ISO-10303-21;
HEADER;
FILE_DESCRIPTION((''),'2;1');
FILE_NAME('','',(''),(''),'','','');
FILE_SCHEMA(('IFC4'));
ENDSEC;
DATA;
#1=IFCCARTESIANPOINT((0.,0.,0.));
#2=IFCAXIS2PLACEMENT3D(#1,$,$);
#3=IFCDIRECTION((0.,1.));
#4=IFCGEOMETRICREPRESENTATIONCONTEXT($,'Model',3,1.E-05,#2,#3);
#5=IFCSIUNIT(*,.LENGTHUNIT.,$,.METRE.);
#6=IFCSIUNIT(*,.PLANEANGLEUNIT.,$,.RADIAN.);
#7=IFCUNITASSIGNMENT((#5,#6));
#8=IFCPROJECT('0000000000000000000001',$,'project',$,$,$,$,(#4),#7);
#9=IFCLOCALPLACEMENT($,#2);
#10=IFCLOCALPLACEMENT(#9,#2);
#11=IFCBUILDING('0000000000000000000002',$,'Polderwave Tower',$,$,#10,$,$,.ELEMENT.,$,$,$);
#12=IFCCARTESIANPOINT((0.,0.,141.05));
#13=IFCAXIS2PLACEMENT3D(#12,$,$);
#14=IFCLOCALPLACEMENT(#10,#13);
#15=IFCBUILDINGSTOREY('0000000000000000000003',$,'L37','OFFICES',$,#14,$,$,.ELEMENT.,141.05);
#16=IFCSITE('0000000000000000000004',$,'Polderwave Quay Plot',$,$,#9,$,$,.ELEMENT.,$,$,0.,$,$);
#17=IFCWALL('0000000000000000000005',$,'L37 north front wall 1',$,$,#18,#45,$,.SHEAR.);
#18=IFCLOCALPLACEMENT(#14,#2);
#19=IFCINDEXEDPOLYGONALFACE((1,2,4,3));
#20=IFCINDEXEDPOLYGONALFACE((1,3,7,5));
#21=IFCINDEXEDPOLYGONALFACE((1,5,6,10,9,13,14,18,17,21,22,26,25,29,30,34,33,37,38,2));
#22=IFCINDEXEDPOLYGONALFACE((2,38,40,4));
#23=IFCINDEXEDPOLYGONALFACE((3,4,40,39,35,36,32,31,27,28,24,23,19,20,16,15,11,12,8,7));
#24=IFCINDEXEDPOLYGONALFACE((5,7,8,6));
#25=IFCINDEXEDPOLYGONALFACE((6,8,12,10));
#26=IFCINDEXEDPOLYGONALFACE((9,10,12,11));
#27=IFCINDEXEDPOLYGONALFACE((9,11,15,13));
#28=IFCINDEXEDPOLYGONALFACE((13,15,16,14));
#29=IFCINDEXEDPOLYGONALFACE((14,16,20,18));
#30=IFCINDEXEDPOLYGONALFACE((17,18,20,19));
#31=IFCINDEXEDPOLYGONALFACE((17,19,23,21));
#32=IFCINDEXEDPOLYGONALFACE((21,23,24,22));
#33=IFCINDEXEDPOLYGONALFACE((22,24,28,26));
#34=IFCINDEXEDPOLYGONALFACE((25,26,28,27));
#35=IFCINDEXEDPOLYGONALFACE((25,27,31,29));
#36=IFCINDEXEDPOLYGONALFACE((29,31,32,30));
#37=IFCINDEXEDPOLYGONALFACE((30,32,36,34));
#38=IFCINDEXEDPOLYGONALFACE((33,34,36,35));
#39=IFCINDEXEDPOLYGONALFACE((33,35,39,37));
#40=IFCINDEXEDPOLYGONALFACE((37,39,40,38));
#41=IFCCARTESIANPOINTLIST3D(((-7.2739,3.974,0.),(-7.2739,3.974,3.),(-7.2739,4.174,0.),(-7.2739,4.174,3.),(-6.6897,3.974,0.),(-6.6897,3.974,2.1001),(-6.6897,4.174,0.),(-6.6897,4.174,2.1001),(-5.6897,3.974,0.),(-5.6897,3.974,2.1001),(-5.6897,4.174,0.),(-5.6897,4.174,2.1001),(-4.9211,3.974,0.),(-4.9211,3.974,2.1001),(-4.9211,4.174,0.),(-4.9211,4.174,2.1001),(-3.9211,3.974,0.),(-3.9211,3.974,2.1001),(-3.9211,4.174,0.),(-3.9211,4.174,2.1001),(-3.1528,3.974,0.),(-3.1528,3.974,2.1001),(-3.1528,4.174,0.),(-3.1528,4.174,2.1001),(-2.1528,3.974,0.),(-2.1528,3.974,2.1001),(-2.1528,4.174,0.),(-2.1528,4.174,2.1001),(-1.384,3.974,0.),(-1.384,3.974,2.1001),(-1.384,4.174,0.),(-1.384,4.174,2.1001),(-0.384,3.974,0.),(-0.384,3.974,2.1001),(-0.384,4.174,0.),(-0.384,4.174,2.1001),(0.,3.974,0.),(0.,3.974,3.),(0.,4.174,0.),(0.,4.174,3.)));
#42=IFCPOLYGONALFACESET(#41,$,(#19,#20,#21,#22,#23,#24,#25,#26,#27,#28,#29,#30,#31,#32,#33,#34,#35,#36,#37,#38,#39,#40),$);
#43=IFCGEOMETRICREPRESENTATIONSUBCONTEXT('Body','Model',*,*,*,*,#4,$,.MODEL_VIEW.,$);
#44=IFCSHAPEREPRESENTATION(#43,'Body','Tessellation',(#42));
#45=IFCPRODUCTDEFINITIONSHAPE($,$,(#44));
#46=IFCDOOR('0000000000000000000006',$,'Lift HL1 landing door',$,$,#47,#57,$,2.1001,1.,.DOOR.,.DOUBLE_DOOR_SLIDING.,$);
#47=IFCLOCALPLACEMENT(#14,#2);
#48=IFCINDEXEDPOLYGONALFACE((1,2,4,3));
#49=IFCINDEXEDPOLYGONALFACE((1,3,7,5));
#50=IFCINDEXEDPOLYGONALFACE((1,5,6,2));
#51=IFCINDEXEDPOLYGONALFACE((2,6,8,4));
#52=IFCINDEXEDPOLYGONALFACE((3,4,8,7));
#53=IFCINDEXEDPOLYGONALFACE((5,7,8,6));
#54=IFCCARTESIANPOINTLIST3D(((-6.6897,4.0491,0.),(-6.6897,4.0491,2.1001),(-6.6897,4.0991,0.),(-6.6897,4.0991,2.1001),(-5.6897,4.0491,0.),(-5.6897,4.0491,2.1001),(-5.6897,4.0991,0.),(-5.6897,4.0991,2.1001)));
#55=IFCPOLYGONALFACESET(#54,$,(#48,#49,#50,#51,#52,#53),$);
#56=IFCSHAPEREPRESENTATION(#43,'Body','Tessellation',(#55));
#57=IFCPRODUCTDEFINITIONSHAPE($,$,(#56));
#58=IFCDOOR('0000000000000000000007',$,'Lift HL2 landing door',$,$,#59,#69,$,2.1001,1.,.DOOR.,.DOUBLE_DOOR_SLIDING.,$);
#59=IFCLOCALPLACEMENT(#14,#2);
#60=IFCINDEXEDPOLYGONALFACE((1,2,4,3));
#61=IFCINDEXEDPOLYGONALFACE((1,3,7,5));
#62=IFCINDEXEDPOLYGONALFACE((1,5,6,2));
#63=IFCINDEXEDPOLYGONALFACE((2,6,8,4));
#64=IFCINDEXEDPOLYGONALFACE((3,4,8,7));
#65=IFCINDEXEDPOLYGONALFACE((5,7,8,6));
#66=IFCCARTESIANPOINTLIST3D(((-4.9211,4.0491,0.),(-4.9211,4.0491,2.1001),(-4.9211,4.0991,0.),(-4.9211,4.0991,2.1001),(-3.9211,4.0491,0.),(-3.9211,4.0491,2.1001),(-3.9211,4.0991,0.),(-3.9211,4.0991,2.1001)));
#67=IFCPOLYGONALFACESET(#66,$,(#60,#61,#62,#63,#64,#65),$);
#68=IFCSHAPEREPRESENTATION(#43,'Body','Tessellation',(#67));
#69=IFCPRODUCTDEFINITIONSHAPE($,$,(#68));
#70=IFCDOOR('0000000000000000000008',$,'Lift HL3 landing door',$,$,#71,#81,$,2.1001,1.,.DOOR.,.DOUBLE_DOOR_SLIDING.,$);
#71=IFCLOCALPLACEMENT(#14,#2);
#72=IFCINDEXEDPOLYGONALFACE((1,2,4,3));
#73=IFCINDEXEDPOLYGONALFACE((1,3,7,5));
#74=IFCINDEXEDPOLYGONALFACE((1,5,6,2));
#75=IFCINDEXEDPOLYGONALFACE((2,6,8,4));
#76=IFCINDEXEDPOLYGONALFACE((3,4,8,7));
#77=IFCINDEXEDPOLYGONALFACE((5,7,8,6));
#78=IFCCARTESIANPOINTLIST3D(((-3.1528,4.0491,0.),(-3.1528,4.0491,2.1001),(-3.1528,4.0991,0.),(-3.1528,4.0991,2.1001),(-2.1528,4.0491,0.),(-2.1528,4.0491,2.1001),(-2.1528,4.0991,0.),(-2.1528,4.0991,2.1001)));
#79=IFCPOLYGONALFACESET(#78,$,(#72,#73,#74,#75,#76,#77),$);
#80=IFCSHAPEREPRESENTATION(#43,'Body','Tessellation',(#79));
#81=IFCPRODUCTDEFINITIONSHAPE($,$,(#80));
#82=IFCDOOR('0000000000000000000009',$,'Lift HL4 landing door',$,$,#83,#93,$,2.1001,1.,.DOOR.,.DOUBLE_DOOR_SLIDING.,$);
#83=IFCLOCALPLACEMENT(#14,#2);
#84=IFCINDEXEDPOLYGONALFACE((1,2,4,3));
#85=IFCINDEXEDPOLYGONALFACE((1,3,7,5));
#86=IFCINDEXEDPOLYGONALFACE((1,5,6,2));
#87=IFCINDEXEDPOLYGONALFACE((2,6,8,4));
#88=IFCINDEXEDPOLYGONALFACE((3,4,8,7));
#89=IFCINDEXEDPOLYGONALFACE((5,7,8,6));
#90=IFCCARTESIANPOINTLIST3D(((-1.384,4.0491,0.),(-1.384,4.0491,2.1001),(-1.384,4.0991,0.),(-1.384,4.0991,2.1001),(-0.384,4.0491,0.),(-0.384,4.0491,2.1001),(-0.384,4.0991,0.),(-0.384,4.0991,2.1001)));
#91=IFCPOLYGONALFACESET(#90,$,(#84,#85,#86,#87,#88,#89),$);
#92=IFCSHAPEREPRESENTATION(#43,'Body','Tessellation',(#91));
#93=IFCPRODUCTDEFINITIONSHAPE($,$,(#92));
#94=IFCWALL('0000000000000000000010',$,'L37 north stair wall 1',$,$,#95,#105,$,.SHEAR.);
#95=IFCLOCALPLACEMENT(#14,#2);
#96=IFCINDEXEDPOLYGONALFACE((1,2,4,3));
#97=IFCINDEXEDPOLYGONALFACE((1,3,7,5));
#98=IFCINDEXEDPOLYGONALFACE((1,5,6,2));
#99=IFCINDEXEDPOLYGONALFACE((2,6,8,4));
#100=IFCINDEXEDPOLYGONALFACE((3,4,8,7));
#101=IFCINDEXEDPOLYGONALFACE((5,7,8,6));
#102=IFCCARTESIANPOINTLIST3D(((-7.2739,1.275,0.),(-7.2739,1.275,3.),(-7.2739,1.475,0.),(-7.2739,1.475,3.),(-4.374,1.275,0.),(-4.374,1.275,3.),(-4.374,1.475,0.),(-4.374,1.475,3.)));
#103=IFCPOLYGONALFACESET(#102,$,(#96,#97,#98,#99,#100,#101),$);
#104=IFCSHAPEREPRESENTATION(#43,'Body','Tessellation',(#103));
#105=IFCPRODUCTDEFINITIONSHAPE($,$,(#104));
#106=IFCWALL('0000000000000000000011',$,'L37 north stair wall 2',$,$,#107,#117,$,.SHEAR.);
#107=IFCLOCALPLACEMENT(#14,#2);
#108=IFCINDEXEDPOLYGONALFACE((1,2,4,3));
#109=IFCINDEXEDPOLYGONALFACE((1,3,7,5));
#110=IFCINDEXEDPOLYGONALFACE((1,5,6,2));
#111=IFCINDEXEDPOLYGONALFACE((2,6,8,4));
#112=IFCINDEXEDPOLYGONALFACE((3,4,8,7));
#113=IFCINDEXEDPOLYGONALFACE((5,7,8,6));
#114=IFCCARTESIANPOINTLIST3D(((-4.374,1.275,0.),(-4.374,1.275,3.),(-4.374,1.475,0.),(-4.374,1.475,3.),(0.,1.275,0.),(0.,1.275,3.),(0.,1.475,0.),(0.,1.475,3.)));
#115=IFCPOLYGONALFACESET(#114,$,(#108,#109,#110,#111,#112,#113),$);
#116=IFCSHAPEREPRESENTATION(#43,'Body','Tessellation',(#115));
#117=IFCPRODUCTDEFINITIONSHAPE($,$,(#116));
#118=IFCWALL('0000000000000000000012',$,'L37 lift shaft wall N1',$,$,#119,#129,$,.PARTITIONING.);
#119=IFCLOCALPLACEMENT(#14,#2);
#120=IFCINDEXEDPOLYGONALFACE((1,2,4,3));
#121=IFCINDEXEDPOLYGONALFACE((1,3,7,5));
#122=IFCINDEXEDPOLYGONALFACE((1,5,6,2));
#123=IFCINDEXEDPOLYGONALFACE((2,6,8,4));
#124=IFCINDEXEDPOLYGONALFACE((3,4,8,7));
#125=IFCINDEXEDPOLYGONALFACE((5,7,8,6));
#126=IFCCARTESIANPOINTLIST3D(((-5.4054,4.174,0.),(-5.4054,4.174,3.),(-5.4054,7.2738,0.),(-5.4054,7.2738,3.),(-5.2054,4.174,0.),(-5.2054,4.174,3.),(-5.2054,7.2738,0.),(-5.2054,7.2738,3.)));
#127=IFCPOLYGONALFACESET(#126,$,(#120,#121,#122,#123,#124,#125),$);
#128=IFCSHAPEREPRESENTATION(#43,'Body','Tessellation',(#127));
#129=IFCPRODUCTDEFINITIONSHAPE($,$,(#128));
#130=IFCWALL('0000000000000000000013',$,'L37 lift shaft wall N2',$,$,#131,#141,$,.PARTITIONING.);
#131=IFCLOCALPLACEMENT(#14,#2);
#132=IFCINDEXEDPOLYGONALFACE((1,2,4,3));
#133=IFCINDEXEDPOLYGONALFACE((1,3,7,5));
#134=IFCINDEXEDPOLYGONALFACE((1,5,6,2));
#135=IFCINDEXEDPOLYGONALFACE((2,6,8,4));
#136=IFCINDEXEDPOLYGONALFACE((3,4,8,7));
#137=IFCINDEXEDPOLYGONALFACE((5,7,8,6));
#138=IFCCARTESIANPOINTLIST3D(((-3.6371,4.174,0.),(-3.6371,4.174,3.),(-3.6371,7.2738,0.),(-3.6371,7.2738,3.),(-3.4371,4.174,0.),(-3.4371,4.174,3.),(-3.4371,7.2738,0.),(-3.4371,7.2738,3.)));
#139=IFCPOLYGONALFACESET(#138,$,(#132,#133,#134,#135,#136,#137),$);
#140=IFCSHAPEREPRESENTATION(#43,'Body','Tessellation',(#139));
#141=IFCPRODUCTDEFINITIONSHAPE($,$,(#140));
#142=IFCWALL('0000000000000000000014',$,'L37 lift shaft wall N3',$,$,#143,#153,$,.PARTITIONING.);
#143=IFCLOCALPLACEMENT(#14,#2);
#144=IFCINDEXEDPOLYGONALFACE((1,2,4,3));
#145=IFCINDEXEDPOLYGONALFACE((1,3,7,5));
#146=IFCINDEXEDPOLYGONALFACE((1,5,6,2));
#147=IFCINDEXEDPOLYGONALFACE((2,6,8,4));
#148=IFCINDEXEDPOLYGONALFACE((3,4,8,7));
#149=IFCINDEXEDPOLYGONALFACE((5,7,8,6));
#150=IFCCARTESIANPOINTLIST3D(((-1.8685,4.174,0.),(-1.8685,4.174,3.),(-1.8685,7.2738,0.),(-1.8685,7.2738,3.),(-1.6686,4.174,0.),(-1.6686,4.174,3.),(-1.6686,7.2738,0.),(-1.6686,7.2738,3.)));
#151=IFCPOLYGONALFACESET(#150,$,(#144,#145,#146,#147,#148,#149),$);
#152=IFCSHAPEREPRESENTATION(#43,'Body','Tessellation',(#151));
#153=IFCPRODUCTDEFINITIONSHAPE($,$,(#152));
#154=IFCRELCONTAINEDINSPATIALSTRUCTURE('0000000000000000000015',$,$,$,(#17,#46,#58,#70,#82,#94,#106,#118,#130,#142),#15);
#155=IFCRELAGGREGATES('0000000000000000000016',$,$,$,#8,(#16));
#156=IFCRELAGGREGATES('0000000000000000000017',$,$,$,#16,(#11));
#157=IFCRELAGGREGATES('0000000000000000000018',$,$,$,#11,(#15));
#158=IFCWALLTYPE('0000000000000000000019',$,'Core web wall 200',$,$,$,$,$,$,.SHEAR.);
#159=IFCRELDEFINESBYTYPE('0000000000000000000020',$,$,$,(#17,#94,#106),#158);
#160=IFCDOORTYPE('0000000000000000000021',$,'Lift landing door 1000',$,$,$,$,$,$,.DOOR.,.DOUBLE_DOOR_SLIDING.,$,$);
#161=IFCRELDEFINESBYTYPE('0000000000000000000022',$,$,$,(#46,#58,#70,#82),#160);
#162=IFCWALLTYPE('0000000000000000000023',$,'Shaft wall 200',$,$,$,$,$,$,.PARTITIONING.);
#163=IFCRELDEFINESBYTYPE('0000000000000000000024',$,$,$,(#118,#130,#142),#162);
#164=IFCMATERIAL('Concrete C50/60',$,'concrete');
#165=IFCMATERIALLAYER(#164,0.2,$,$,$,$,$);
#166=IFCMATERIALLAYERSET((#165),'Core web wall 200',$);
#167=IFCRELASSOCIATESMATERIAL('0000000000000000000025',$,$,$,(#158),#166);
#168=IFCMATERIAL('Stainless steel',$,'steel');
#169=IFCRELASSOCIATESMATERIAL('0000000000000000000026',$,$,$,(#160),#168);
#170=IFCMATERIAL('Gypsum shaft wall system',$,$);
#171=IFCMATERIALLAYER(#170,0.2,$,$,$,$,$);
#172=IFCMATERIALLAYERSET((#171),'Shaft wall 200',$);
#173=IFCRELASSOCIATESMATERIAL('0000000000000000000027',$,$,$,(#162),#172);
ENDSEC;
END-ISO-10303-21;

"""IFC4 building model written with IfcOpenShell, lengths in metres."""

from ifc_helpers import new_model, si_unit, direction, frame, frame_2d, origin, place, context, subcontext, project, spatial, rectangle, extrude, material, layer, layer_set, type_object, element, fill, save


model = new_model("IFC4")

# Units and contexts
model_context = context("Model", 3, precision=1e-05, world=origin(), true_north=direction((0.0, 1.0)))
body_context = subcontext(model_context, "Body", "Model", "MODEL_VIEW")
ifc_project = project(units=[si_unit("LENGTHUNIT", "METRE"), si_unit("PLANEANGLEUNIT", "RADIAN")], contexts=[model_context])

# Site, building, storey
site_placement = place(None, origin())
site = spatial("IfcSite", under=ifc_project, at=site_placement, Name="Polderwave Quay Plot", CompositionType="ELEMENT", RefElevation=0.0)
building_placement = place(site_placement, origin())
building = spatial("IfcBuilding", under=site, at=building_placement, Name="Polderwave Tower", CompositionType="ELEMENT")
storey_placement = place(building_placement, frame((0.0, 0.0, 141.05)))
storey = spatial("IfcBuildingStorey", under=building, at=storey_placement, Name="L37", Description="OFFICES", CompositionType="ELEMENT", Elevation=141.05)

# Wall, openings, doors
ifc_material_1 = material(Name="Concrete C50/60", Category="concrete")
ifc_layer_1 = layer(ifc_material_1, 0.2)
ifc_layer_set_1 = layer_set([ifc_layer_1], Name="Core web wall 200")
wall_type_1 = type_object("IfcWallType", Name="Core web wall 200", PredefinedType="SHEAR", material=ifc_layer_set_1)
wall_1_placement = place(storey_placement, frame((-7.2739, 4.074, 0.0), z_axis=(0.0, 0.0, 1.0), x_axis=(1.0, 0.0, 0.0)))
wall_1 = element("IfcWall", 1, at=wall_1_placement, inside=storey, type_object=wall_type_1, Name="L37 north front wall 1", PredefinedType="SHEAR", context=body_context, shape_type="SweptSolid", body=[
    extrude(rectangle(XDim=7.2739, YDim=0.2, at=frame_2d((3.637, 0.0))), origin(), (0.0, 0.0, 1.0), 3.0),
])
opening_1_placement = place(wall_1_placement, frame((0.5842, 0.0, 0.0)))
opening_1 = element("IfcOpeningElement", 2, at=opening_1_placement, cuts=wall_1, PredefinedType="OPENING", context=body_context, shape_type="SweptSolid", body=[
    extrude(rectangle(XDim=1.0, YDim=2.1001, at=frame_2d((0.5, 1.05))), frame((0.0, 0.1099, 0.0), z_axis=(0.0, -1.0, 0.0), x_axis=(1.0, 0.0, 0.0)), (0.0, 0.0, 1.0), 0.22),
])
opening_2_placement = place(wall_1_placement, frame((2.3528, 0.0, 0.0)))
opening_2 = element("IfcOpeningElement", 3, at=opening_2_placement, cuts=wall_1, PredefinedType="OPENING", context=body_context, shape_type="SweptSolid", body=[
    extrude(rectangle(XDim=1.0, YDim=2.1001, at=frame_2d((0.5, 1.05))), frame((0.0, 0.1099, 0.0), z_axis=(0.0, -1.0, 0.0), x_axis=(1.0, 0.0, 0.0)), (0.0, 0.0, 1.0), 0.22),
])
opening_3_placement = place(wall_1_placement, frame((4.1211, 0.0, 0.0)))
opening_3 = element("IfcOpeningElement", 4, at=opening_3_placement, cuts=wall_1, PredefinedType="OPENING", context=body_context, shape_type="SweptSolid", body=[
    extrude(rectangle(XDim=1.0, YDim=2.1001, at=frame_2d((0.5, 1.05))), frame((0.0, 0.1099, 0.0), z_axis=(0.0, -1.0, 0.0), x_axis=(1.0, 0.0, 0.0)), (0.0, 0.0, 1.0), 0.22),
])
opening_4_placement = place(wall_1_placement, frame((5.8899, 0.0, 0.0)))
opening_4 = element("IfcOpeningElement", 5, at=opening_4_placement, cuts=wall_1, PredefinedType="OPENING", context=body_context, shape_type="SweptSolid", body=[
    extrude(rectangle(XDim=1.0, YDim=2.1001, at=frame_2d((0.5, 1.05))), frame((0.0, 0.1099, 0.0), z_axis=(0.0, -1.0, 0.0), x_axis=(1.0, 0.0, 0.0)), (0.0, 0.0, 1.0), 0.22),
])
ifc_material_2 = material(Name="Stainless steel", Category="steel")
door_type = type_object("IfcDoorType", Name="Lift landing door 1000", OperationType="DOUBLE_DOOR_SLIDING", PredefinedType="DOOR", material=ifc_material_2)
door_1_placement = place(opening_1_placement, frame((1.0, 0.0, 0.0), z_axis=(0.0, 0.0, 1.0), x_axis=(-1.0, 0.0, 0.0)))
door_1 = element("IfcDoor", 6, at=door_1_placement, inside=storey, type_object=door_type, Name="Lift HL1 landing door", OperationType="DOUBLE_DOOR_SLIDING", OverallHeight=2.1001, OverallWidth=1.0, PredefinedType="DOOR", context=body_context, shape_type="SweptSolid", body=[
    extrude(rectangle(XDim=1.0, YDim=2.1001, at=frame_2d((0.5, 1.05))), frame((0.0, 0.0249, 0.0), z_axis=(0.0, -1.0, 0.0), x_axis=(1.0, 0.0, 0.0)), (0.0, 0.0, 1.0), 0.05),
])
fill(opening_1, door_1)
door_2_placement = place(opening_2_placement, frame((1.0, 0.0, 0.0), z_axis=(0.0, 0.0, 1.0), x_axis=(-1.0, 0.0, 0.0)))
door_2 = element("IfcDoor", 7, at=door_2_placement, inside=storey, type_object=door_type, Name="Lift HL2 landing door", OperationType="DOUBLE_DOOR_SLIDING", OverallHeight=2.1001, OverallWidth=1.0, PredefinedType="DOOR", context=body_context, shape_type="SweptSolid", body=[
    extrude(rectangle(XDim=1.0, YDim=2.1001, at=frame_2d((0.5, 1.05))), frame((0.0, 0.0249, 0.0), z_axis=(0.0, -1.0, 0.0), x_axis=(1.0, 0.0, 0.0)), (0.0, 0.0, 1.0), 0.05),
])
fill(opening_2, door_2)
door_3_placement = place(opening_3_placement, frame((1.0, 0.0, 0.0), z_axis=(0.0, 0.0, 1.0), x_axis=(-1.0, 0.0, 0.0)))
door_3 = element("IfcDoor", 8, at=door_3_placement, inside=storey, type_object=door_type, Name="Lift HL3 landing door", OperationType="DOUBLE_DOOR_SLIDING", OverallHeight=2.1001, OverallWidth=1.0, PredefinedType="DOOR", context=body_context, shape_type="SweptSolid", body=[
    extrude(rectangle(XDim=1.0, YDim=2.1001, at=frame_2d((0.5, 1.05))), frame((0.0, 0.0249, 0.0), z_axis=(0.0, -1.0, 0.0), x_axis=(1.0, 0.0, 0.0)), (0.0, 0.0, 1.0), 0.05),
])
fill(opening_3, door_3)
door_4_placement = place(opening_4_placement, frame((1.0, 0.0, 0.0), z_axis=(0.0, 0.0, 1.0), x_axis=(-1.0, 0.0, 0.0)))
door_4 = element("IfcDoor", 9, at=door_4_placement, inside=storey, type_object=door_type, Name="Lift HL4 landing door", OperationType="DOUBLE_DOOR_SLIDING", OverallHeight=2.1001, OverallWidth=1.0, PredefinedType="DOOR", context=body_context, shape_type="SweptSolid", body=[
    extrude(rectangle(XDim=1.0, YDim=2.1001, at=frame_2d((0.5, 1.05))), frame((0.0, 0.0249, 0.0), z_axis=(0.0, -1.0, 0.0), x_axis=(1.0, 0.0, 0.0)), (0.0, 0.0, 1.0), 0.05),
])
fill(opening_4, door_4)

# Walls
wall_2_placement = place(storey_placement, frame((-7.2739, 1.375, 0.0), z_axis=(0.0, 0.0, 1.0), x_axis=(1.0, 0.0, 0.0)))
element("IfcWall", 10, at=wall_2_placement, inside=storey, type_object=wall_type_1, Name="L37 north stair wall 1", PredefinedType="SHEAR", context=body_context, shape_type="SweptSolid", body=[
    extrude(rectangle(XDim=2.8999, YDim=0.2, at=frame_2d((1.45, 0.0))), origin(), (0.0, 0.0, 1.0), 3.0),
])
wall_3_placement = place(storey_placement, frame((-4.374, 1.375, 0.0), z_axis=(0.0, 0.0, 1.0), x_axis=(1.0, 0.0, 0.0)))
element("IfcWall", 11, at=wall_3_placement, inside=storey, type_object=wall_type_1, Name="L37 north stair wall 2", PredefinedType="SHEAR", context=body_context, shape_type="SweptSolid", body=[
    extrude(rectangle(XDim=4.374, YDim=0.2, at=frame_2d((2.187, 0.0))), origin(), (0.0, 0.0, 1.0), 3.0),
])
ifc_material_3 = material(Name="Gypsum shaft wall system")
ifc_layer_2 = layer(ifc_material_3, 0.2)
ifc_layer_set_2 = layer_set([ifc_layer_2], Name="Shaft wall 200")
wall_type_2 = type_object("IfcWallType", Name="Shaft wall 200", PredefinedType="PARTITIONING", material=ifc_layer_set_2)
for number, where, z_axis, x_axis, name in (
    (12, (-5.3054, 4.1741, 0.0), (0.0, 0.0, 1.0), (0.0, 1.0, 0.0), "L37 lift shaft wall N1"),
    (13, (-3.5371, 4.1741, 0.0), (0.0, 0.0, 1.0), (0.0, 1.0, 0.0), "L37 lift shaft wall N2"),
    (14, (-1.7686, 4.1741, 0.0), (0.0, 0.0, 1.0), (0.0, 1.0, 0.0), "L37 lift shaft wall N3"),
):
    element("IfcWall", number, at=place(storey_placement, frame(where, z_axis=z_axis, x_axis=x_axis)), inside=storey, type_object=wall_type_2, Name=name, PredefinedType="PARTITIONING", context=body_context, shape_type="SweptSolid", body=[
        extrude(rectangle(XDim=3.0999, YDim=0.2, at=frame_2d((1.5498, 0.0))), origin(), (0.0, 0.0, 1.0), 3.0),
    ])

save(model, "model.ifc")
